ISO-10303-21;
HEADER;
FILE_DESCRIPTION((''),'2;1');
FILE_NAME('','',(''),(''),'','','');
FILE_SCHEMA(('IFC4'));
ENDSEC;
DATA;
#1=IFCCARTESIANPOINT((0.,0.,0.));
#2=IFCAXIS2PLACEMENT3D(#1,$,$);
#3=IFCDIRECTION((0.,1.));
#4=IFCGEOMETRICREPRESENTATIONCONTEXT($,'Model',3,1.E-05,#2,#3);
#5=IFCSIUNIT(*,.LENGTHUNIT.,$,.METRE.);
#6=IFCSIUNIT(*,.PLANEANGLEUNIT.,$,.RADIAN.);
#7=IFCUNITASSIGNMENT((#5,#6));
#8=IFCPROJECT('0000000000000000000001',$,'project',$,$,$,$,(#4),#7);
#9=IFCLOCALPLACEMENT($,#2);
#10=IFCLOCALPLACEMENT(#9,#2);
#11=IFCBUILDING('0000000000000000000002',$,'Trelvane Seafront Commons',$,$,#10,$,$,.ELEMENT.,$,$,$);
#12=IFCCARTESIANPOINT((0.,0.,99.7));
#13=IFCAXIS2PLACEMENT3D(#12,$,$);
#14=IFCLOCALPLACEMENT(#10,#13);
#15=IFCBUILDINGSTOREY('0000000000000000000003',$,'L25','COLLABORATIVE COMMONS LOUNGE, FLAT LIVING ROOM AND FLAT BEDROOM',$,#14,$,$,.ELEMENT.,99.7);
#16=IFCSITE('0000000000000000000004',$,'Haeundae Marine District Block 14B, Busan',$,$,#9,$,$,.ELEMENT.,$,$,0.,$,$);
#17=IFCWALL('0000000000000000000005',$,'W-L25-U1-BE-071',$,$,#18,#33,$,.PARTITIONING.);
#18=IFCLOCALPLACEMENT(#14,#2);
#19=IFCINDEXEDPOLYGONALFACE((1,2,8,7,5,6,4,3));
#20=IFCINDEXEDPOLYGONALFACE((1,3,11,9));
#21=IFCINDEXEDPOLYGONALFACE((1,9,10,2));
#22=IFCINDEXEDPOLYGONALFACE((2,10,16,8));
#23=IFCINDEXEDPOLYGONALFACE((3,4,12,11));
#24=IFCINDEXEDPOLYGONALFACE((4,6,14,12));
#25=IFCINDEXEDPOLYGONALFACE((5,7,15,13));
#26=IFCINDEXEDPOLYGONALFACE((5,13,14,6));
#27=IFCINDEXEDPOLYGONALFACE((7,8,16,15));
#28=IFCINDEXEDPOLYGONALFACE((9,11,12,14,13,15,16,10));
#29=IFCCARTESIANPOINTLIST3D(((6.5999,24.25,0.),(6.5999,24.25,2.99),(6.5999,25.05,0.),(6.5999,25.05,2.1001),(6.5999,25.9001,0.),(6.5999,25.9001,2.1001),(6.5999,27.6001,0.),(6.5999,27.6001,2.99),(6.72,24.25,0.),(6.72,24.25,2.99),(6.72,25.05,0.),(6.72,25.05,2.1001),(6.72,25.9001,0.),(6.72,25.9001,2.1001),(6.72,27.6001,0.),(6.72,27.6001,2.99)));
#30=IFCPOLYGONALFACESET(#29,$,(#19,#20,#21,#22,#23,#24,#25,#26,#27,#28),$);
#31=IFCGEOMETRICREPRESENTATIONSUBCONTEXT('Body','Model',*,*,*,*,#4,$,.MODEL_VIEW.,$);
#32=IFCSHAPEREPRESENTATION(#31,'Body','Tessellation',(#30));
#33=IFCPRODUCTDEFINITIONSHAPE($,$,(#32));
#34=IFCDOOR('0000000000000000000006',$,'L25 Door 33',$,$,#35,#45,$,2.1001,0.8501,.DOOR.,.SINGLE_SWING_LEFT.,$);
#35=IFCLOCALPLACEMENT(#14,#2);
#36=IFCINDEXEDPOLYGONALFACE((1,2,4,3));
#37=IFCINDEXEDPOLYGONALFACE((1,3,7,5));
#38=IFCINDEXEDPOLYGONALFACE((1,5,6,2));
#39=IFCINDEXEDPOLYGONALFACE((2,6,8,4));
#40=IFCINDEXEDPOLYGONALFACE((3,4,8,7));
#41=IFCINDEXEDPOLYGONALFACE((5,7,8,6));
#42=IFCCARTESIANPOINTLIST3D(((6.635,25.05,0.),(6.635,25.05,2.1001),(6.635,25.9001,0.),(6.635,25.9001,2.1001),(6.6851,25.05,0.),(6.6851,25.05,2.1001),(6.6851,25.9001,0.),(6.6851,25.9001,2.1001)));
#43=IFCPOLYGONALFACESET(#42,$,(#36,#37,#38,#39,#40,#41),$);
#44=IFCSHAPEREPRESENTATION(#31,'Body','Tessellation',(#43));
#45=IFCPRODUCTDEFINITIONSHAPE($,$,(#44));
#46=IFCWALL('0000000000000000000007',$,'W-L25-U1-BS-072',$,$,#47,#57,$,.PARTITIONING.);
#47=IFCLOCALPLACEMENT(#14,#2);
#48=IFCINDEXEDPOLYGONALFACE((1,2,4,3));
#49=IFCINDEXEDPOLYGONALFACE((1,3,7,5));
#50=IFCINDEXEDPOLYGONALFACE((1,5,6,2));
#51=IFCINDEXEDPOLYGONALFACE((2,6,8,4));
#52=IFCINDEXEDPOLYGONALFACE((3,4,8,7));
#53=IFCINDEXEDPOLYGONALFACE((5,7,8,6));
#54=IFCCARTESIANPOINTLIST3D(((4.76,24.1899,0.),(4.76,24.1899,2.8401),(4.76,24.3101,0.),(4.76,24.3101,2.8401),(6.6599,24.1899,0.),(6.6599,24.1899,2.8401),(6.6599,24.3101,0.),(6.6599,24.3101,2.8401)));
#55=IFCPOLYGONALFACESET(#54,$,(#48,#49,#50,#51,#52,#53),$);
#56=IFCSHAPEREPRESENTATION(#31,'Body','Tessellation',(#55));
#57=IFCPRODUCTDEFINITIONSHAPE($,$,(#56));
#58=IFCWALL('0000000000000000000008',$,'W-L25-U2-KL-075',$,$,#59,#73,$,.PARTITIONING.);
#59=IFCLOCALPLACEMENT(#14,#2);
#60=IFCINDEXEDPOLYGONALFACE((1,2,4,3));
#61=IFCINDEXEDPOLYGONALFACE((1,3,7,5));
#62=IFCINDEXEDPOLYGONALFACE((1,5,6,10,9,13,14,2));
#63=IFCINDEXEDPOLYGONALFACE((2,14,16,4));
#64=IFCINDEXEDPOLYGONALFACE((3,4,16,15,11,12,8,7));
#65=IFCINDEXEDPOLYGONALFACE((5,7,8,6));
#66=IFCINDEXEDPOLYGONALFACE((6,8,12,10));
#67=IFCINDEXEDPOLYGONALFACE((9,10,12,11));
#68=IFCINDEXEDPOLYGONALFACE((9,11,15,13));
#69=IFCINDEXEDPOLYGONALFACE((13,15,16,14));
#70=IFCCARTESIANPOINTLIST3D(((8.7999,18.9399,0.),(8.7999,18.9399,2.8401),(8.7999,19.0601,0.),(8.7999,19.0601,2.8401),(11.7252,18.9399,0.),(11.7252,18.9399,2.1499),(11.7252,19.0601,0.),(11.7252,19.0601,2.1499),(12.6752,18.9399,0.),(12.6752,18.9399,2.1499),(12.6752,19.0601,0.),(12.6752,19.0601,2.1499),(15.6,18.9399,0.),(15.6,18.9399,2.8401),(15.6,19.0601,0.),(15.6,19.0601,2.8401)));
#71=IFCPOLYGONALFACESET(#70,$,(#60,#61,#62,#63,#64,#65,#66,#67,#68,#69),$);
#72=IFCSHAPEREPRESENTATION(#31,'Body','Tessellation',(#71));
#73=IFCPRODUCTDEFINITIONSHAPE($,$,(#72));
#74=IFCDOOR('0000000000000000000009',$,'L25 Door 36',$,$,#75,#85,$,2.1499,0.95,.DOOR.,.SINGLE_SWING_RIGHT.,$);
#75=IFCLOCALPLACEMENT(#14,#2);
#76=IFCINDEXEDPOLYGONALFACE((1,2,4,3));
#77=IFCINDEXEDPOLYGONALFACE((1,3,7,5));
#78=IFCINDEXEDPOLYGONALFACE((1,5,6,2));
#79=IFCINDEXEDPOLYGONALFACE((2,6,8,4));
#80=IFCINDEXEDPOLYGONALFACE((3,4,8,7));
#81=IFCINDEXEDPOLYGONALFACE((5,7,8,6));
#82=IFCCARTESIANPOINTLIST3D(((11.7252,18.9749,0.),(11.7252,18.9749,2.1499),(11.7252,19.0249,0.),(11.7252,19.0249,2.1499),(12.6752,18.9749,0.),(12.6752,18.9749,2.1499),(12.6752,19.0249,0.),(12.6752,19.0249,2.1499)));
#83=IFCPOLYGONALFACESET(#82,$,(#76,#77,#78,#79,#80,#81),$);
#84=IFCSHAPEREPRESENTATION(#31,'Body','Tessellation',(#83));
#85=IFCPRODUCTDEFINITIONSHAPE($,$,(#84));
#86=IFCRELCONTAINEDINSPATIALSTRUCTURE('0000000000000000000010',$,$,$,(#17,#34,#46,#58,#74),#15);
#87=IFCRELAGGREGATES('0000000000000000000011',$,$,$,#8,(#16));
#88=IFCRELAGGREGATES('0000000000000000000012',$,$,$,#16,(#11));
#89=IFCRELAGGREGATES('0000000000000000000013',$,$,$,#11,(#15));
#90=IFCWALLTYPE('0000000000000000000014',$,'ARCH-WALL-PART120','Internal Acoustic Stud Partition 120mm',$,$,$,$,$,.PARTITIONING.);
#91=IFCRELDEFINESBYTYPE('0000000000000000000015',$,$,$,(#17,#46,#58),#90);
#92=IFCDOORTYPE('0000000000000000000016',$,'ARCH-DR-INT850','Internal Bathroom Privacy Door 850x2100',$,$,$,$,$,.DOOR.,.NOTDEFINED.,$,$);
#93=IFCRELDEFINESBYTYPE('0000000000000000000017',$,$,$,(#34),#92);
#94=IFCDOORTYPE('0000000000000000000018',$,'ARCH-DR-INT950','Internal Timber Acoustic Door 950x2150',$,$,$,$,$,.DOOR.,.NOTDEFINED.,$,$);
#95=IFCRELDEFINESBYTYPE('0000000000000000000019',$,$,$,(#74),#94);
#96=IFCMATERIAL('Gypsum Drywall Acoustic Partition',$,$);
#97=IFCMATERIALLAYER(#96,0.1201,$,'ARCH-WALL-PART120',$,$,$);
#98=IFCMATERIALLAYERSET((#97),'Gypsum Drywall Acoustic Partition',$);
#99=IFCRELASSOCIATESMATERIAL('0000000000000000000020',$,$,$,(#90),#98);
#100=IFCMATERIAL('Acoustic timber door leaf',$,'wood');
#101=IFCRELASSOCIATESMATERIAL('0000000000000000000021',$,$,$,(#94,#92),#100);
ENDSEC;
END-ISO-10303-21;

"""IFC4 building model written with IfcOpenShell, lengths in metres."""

from ifc_helpers import new_model, si_unit, direction, frame, frame_2d, origin, place, context, subcontext, project, spatial, rectangle, extrude, source, transform, mapped, material, layer, layer_set, type_object, element, fill, save


model = new_model("IFC4")

# Units and contexts
model_context = context("Model", 3, precision=1e-05, world=origin(), true_north=direction((0.0, 1.0)))
body_context = subcontext(model_context, "Body", "Model", "MODEL_VIEW")
ifc_project = project(units=[si_unit("LENGTHUNIT", "METRE"), si_unit("PLANEANGLEUNIT", "RADIAN")], contexts=[model_context])

# Site, building, storey
site_placement = place(None, origin())
site = spatial("IfcSite", under=ifc_project, at=site_placement, Name="Haeundae Marine District Block 14B, Busan", CompositionType="ELEMENT", RefElevation=0.0)
building_placement = place(site_placement, origin())
building = spatial("IfcBuilding", under=site, at=building_placement, Name="Trelvane Seafront Commons", CompositionType="ELEMENT")
storey_placement = place(building_placement, frame((0.0, 0.0, 99.7)))
storey = spatial("IfcBuildingStorey", under=building, at=storey_placement, Name="L25", Description="COLLABORATIVE COMMONS LOUNGE, FLAT LIVING ROOM AND FLAT BEDROOM", CompositionType="ELEMENT", Elevation=99.7)

# Wall, opening, door
ifc_material_1 = material(Name="Gypsum Drywall Acoustic Partition")
ifc_layer = layer(ifc_material_1, 0.1201, Name="ARCH-WALL-PART120")
ifc_layer_set = layer_set([ifc_layer], Name="Gypsum Drywall Acoustic Partition")
wall_type = type_object("IfcWallType", Name="ARCH-WALL-PART120", Description="Internal Acoustic Stud Partition 120mm", PredefinedType="PARTITIONING", material=ifc_layer_set)
ifc_material_2 = material(Name="Acoustic timber door leaf", Category="wood")
door_type_1 = type_object("IfcDoorType", Name="ARCH-DR-INT950", Description="Internal Timber Acoustic Door 950x2150", OperationType="NOTDEFINED", PredefinedType="DOOR", material=ifc_material_2)
shared_shape_1 = source(origin(), body_context, "Body", "SweptSolid", [
    extrude(rectangle(XDim=0.95, YDim=2.1499, at=frame_2d((0.4751, 1.075))), frame((0.0, 0.0249, 0.0), z_axis=(0.0, -1.0, 0.0), x_axis=(1.0, 0.0, 0.0)), (0.0, 0.0, 1.0), 0.05),
])
wall_1_placement = place(storey_placement, frame((6.6599, 24.25, 0.0), z_axis=(0.0, 0.0, 1.0), x_axis=(0.0, 1.0, 0.0)))
wall_1 = element("IfcWall", 1, at=wall_1_placement, inside=storey, type_object=wall_type, Name="W-L25-U1-BE-071", PredefinedType="PARTITIONING", context=body_context, shape_type="SweptSolid", body=[
    extrude(rectangle(XDim=3.3501, YDim=0.1201, at=frame_2d((1.675, 0.0))), origin(), (0.0, 0.0, 1.0), 2.99),
])
opening_1_placement = place(wall_1_placement, frame((0.8, 0.0, 0.0)))
opening_1 = element("IfcOpeningElement", 2, at=opening_1_placement, cuts=wall_1, PredefinedType="OPENING", context=body_context, shape_type="SweptSolid", body=[
    extrude(rectangle(XDim=0.8501, YDim=2.1001, at=frame_2d((0.425, 1.05))), frame((0.0, 0.0701, 0.0), z_axis=(0.0, -1.0, 0.0), x_axis=(1.0, 0.0, 0.0)), (0.0, 0.0, 1.0), 0.1401),
])
door_type_2 = type_object("IfcDoorType", Name="ARCH-DR-INT850", Description="Internal Bathroom Privacy Door 850x2100", OperationType="NOTDEFINED", PredefinedType="DOOR", material=ifc_material_2)
shared_shape_2 = source(origin(), body_context, "Body", "SweptSolid", [
    extrude(rectangle(XDim=0.8501, YDim=2.1001, at=frame_2d((0.425, 1.05))), frame((0.0, 0.0249, 0.0), z_axis=(0.0, -1.0, 0.0), x_axis=(1.0, 0.0, 0.0)), (0.0, 0.0, 1.0), 0.05),
])
door_1_placement = place(opening_1_placement, origin())
door_1 = element("IfcDoor", 3, at=door_1_placement, inside=storey, type_object=door_type_2, Name="L25 Door 33", OperationType="SINGLE_SWING_LEFT", OverallHeight=2.1001, OverallWidth=0.8501, PredefinedType="DOOR", context=body_context, shape_type="MappedRepresentation", body=[
    mapped(shared_shape_2, transform((0.0, 0.0, 0.0), x_axis=(1.0, 0.0, 0.0), y_axis=(0.0, 1.0, 0.0), z_axis=(0.0, 0.0, 1.0), scale=1.0)),
])
fill(opening_1, door_1)

# Wall
wall_2_placement = place(storey_placement, frame((4.76, 24.25, 0.0), z_axis=(0.0, 0.0, 1.0), x_axis=(1.0, 0.0, 0.0)))
element("IfcWall", 4, at=wall_2_placement, inside=storey, type_object=wall_type, Name="W-L25-U1-BS-072", PredefinedType="PARTITIONING", context=body_context, shape_type="SweptSolid", body=[
    extrude(rectangle(XDim=1.8999, YDim=0.1201, at=frame_2d((0.95, 0.0))), origin(), (0.0, 0.0, 1.0), 2.8401),
])

# Wall, opening, door
wall_3_placement = place(storey_placement, frame((8.8, 19.0, 0.0), z_axis=(0.0, 0.0, 1.0), x_axis=(1.0, 0.0, 0.0)))
wall_3 = element("IfcWall", 5, at=wall_3_placement, inside=storey, type_object=wall_type, Name="W-L25-U2-KL-075", PredefinedType="PARTITIONING", context=body_context, shape_type="SweptSolid", body=[
    extrude(rectangle(XDim=6.8, YDim=0.1201, at=frame_2d((3.3999, 0.0))), origin(), (0.0, 0.0, 1.0), 2.8401),
])
opening_2_placement = place(wall_3_placement, frame((2.925, 0.0, 0.0)))
opening_2 = element("IfcOpeningElement", 6, at=opening_2_placement, cuts=wall_3, PredefinedType="OPENING", context=body_context, shape_type="SweptSolid", body=[
    extrude(rectangle(XDim=0.95, YDim=2.1499, at=frame_2d((0.4751, 1.075))), frame((0.0, 0.0701, 0.0), z_axis=(0.0, -1.0, 0.0), x_axis=(1.0, 0.0, 0.0)), (0.0, 0.0, 1.0), 0.1401),
])
door_2_placement = place(opening_2_placement, origin())
door_2 = element("IfcDoor", 7, at=door_2_placement, inside=storey, type_object=door_type_1, Name="L25 Door 36", OperationType="SINGLE_SWING_RIGHT", OverallHeight=2.1499, OverallWidth=0.95, PredefinedType="DOOR", context=body_context, shape_type="MappedRepresentation", body=[
    mapped(shared_shape_1, transform((0.0, 0.0, 0.0), x_axis=(1.0, 0.0, 0.0), y_axis=(0.0, 1.0, 0.0), z_axis=(0.0, 0.0, 1.0), scale=1.0)),
])
fill(opening_2, door_2)

save(model, "model.ifc")
